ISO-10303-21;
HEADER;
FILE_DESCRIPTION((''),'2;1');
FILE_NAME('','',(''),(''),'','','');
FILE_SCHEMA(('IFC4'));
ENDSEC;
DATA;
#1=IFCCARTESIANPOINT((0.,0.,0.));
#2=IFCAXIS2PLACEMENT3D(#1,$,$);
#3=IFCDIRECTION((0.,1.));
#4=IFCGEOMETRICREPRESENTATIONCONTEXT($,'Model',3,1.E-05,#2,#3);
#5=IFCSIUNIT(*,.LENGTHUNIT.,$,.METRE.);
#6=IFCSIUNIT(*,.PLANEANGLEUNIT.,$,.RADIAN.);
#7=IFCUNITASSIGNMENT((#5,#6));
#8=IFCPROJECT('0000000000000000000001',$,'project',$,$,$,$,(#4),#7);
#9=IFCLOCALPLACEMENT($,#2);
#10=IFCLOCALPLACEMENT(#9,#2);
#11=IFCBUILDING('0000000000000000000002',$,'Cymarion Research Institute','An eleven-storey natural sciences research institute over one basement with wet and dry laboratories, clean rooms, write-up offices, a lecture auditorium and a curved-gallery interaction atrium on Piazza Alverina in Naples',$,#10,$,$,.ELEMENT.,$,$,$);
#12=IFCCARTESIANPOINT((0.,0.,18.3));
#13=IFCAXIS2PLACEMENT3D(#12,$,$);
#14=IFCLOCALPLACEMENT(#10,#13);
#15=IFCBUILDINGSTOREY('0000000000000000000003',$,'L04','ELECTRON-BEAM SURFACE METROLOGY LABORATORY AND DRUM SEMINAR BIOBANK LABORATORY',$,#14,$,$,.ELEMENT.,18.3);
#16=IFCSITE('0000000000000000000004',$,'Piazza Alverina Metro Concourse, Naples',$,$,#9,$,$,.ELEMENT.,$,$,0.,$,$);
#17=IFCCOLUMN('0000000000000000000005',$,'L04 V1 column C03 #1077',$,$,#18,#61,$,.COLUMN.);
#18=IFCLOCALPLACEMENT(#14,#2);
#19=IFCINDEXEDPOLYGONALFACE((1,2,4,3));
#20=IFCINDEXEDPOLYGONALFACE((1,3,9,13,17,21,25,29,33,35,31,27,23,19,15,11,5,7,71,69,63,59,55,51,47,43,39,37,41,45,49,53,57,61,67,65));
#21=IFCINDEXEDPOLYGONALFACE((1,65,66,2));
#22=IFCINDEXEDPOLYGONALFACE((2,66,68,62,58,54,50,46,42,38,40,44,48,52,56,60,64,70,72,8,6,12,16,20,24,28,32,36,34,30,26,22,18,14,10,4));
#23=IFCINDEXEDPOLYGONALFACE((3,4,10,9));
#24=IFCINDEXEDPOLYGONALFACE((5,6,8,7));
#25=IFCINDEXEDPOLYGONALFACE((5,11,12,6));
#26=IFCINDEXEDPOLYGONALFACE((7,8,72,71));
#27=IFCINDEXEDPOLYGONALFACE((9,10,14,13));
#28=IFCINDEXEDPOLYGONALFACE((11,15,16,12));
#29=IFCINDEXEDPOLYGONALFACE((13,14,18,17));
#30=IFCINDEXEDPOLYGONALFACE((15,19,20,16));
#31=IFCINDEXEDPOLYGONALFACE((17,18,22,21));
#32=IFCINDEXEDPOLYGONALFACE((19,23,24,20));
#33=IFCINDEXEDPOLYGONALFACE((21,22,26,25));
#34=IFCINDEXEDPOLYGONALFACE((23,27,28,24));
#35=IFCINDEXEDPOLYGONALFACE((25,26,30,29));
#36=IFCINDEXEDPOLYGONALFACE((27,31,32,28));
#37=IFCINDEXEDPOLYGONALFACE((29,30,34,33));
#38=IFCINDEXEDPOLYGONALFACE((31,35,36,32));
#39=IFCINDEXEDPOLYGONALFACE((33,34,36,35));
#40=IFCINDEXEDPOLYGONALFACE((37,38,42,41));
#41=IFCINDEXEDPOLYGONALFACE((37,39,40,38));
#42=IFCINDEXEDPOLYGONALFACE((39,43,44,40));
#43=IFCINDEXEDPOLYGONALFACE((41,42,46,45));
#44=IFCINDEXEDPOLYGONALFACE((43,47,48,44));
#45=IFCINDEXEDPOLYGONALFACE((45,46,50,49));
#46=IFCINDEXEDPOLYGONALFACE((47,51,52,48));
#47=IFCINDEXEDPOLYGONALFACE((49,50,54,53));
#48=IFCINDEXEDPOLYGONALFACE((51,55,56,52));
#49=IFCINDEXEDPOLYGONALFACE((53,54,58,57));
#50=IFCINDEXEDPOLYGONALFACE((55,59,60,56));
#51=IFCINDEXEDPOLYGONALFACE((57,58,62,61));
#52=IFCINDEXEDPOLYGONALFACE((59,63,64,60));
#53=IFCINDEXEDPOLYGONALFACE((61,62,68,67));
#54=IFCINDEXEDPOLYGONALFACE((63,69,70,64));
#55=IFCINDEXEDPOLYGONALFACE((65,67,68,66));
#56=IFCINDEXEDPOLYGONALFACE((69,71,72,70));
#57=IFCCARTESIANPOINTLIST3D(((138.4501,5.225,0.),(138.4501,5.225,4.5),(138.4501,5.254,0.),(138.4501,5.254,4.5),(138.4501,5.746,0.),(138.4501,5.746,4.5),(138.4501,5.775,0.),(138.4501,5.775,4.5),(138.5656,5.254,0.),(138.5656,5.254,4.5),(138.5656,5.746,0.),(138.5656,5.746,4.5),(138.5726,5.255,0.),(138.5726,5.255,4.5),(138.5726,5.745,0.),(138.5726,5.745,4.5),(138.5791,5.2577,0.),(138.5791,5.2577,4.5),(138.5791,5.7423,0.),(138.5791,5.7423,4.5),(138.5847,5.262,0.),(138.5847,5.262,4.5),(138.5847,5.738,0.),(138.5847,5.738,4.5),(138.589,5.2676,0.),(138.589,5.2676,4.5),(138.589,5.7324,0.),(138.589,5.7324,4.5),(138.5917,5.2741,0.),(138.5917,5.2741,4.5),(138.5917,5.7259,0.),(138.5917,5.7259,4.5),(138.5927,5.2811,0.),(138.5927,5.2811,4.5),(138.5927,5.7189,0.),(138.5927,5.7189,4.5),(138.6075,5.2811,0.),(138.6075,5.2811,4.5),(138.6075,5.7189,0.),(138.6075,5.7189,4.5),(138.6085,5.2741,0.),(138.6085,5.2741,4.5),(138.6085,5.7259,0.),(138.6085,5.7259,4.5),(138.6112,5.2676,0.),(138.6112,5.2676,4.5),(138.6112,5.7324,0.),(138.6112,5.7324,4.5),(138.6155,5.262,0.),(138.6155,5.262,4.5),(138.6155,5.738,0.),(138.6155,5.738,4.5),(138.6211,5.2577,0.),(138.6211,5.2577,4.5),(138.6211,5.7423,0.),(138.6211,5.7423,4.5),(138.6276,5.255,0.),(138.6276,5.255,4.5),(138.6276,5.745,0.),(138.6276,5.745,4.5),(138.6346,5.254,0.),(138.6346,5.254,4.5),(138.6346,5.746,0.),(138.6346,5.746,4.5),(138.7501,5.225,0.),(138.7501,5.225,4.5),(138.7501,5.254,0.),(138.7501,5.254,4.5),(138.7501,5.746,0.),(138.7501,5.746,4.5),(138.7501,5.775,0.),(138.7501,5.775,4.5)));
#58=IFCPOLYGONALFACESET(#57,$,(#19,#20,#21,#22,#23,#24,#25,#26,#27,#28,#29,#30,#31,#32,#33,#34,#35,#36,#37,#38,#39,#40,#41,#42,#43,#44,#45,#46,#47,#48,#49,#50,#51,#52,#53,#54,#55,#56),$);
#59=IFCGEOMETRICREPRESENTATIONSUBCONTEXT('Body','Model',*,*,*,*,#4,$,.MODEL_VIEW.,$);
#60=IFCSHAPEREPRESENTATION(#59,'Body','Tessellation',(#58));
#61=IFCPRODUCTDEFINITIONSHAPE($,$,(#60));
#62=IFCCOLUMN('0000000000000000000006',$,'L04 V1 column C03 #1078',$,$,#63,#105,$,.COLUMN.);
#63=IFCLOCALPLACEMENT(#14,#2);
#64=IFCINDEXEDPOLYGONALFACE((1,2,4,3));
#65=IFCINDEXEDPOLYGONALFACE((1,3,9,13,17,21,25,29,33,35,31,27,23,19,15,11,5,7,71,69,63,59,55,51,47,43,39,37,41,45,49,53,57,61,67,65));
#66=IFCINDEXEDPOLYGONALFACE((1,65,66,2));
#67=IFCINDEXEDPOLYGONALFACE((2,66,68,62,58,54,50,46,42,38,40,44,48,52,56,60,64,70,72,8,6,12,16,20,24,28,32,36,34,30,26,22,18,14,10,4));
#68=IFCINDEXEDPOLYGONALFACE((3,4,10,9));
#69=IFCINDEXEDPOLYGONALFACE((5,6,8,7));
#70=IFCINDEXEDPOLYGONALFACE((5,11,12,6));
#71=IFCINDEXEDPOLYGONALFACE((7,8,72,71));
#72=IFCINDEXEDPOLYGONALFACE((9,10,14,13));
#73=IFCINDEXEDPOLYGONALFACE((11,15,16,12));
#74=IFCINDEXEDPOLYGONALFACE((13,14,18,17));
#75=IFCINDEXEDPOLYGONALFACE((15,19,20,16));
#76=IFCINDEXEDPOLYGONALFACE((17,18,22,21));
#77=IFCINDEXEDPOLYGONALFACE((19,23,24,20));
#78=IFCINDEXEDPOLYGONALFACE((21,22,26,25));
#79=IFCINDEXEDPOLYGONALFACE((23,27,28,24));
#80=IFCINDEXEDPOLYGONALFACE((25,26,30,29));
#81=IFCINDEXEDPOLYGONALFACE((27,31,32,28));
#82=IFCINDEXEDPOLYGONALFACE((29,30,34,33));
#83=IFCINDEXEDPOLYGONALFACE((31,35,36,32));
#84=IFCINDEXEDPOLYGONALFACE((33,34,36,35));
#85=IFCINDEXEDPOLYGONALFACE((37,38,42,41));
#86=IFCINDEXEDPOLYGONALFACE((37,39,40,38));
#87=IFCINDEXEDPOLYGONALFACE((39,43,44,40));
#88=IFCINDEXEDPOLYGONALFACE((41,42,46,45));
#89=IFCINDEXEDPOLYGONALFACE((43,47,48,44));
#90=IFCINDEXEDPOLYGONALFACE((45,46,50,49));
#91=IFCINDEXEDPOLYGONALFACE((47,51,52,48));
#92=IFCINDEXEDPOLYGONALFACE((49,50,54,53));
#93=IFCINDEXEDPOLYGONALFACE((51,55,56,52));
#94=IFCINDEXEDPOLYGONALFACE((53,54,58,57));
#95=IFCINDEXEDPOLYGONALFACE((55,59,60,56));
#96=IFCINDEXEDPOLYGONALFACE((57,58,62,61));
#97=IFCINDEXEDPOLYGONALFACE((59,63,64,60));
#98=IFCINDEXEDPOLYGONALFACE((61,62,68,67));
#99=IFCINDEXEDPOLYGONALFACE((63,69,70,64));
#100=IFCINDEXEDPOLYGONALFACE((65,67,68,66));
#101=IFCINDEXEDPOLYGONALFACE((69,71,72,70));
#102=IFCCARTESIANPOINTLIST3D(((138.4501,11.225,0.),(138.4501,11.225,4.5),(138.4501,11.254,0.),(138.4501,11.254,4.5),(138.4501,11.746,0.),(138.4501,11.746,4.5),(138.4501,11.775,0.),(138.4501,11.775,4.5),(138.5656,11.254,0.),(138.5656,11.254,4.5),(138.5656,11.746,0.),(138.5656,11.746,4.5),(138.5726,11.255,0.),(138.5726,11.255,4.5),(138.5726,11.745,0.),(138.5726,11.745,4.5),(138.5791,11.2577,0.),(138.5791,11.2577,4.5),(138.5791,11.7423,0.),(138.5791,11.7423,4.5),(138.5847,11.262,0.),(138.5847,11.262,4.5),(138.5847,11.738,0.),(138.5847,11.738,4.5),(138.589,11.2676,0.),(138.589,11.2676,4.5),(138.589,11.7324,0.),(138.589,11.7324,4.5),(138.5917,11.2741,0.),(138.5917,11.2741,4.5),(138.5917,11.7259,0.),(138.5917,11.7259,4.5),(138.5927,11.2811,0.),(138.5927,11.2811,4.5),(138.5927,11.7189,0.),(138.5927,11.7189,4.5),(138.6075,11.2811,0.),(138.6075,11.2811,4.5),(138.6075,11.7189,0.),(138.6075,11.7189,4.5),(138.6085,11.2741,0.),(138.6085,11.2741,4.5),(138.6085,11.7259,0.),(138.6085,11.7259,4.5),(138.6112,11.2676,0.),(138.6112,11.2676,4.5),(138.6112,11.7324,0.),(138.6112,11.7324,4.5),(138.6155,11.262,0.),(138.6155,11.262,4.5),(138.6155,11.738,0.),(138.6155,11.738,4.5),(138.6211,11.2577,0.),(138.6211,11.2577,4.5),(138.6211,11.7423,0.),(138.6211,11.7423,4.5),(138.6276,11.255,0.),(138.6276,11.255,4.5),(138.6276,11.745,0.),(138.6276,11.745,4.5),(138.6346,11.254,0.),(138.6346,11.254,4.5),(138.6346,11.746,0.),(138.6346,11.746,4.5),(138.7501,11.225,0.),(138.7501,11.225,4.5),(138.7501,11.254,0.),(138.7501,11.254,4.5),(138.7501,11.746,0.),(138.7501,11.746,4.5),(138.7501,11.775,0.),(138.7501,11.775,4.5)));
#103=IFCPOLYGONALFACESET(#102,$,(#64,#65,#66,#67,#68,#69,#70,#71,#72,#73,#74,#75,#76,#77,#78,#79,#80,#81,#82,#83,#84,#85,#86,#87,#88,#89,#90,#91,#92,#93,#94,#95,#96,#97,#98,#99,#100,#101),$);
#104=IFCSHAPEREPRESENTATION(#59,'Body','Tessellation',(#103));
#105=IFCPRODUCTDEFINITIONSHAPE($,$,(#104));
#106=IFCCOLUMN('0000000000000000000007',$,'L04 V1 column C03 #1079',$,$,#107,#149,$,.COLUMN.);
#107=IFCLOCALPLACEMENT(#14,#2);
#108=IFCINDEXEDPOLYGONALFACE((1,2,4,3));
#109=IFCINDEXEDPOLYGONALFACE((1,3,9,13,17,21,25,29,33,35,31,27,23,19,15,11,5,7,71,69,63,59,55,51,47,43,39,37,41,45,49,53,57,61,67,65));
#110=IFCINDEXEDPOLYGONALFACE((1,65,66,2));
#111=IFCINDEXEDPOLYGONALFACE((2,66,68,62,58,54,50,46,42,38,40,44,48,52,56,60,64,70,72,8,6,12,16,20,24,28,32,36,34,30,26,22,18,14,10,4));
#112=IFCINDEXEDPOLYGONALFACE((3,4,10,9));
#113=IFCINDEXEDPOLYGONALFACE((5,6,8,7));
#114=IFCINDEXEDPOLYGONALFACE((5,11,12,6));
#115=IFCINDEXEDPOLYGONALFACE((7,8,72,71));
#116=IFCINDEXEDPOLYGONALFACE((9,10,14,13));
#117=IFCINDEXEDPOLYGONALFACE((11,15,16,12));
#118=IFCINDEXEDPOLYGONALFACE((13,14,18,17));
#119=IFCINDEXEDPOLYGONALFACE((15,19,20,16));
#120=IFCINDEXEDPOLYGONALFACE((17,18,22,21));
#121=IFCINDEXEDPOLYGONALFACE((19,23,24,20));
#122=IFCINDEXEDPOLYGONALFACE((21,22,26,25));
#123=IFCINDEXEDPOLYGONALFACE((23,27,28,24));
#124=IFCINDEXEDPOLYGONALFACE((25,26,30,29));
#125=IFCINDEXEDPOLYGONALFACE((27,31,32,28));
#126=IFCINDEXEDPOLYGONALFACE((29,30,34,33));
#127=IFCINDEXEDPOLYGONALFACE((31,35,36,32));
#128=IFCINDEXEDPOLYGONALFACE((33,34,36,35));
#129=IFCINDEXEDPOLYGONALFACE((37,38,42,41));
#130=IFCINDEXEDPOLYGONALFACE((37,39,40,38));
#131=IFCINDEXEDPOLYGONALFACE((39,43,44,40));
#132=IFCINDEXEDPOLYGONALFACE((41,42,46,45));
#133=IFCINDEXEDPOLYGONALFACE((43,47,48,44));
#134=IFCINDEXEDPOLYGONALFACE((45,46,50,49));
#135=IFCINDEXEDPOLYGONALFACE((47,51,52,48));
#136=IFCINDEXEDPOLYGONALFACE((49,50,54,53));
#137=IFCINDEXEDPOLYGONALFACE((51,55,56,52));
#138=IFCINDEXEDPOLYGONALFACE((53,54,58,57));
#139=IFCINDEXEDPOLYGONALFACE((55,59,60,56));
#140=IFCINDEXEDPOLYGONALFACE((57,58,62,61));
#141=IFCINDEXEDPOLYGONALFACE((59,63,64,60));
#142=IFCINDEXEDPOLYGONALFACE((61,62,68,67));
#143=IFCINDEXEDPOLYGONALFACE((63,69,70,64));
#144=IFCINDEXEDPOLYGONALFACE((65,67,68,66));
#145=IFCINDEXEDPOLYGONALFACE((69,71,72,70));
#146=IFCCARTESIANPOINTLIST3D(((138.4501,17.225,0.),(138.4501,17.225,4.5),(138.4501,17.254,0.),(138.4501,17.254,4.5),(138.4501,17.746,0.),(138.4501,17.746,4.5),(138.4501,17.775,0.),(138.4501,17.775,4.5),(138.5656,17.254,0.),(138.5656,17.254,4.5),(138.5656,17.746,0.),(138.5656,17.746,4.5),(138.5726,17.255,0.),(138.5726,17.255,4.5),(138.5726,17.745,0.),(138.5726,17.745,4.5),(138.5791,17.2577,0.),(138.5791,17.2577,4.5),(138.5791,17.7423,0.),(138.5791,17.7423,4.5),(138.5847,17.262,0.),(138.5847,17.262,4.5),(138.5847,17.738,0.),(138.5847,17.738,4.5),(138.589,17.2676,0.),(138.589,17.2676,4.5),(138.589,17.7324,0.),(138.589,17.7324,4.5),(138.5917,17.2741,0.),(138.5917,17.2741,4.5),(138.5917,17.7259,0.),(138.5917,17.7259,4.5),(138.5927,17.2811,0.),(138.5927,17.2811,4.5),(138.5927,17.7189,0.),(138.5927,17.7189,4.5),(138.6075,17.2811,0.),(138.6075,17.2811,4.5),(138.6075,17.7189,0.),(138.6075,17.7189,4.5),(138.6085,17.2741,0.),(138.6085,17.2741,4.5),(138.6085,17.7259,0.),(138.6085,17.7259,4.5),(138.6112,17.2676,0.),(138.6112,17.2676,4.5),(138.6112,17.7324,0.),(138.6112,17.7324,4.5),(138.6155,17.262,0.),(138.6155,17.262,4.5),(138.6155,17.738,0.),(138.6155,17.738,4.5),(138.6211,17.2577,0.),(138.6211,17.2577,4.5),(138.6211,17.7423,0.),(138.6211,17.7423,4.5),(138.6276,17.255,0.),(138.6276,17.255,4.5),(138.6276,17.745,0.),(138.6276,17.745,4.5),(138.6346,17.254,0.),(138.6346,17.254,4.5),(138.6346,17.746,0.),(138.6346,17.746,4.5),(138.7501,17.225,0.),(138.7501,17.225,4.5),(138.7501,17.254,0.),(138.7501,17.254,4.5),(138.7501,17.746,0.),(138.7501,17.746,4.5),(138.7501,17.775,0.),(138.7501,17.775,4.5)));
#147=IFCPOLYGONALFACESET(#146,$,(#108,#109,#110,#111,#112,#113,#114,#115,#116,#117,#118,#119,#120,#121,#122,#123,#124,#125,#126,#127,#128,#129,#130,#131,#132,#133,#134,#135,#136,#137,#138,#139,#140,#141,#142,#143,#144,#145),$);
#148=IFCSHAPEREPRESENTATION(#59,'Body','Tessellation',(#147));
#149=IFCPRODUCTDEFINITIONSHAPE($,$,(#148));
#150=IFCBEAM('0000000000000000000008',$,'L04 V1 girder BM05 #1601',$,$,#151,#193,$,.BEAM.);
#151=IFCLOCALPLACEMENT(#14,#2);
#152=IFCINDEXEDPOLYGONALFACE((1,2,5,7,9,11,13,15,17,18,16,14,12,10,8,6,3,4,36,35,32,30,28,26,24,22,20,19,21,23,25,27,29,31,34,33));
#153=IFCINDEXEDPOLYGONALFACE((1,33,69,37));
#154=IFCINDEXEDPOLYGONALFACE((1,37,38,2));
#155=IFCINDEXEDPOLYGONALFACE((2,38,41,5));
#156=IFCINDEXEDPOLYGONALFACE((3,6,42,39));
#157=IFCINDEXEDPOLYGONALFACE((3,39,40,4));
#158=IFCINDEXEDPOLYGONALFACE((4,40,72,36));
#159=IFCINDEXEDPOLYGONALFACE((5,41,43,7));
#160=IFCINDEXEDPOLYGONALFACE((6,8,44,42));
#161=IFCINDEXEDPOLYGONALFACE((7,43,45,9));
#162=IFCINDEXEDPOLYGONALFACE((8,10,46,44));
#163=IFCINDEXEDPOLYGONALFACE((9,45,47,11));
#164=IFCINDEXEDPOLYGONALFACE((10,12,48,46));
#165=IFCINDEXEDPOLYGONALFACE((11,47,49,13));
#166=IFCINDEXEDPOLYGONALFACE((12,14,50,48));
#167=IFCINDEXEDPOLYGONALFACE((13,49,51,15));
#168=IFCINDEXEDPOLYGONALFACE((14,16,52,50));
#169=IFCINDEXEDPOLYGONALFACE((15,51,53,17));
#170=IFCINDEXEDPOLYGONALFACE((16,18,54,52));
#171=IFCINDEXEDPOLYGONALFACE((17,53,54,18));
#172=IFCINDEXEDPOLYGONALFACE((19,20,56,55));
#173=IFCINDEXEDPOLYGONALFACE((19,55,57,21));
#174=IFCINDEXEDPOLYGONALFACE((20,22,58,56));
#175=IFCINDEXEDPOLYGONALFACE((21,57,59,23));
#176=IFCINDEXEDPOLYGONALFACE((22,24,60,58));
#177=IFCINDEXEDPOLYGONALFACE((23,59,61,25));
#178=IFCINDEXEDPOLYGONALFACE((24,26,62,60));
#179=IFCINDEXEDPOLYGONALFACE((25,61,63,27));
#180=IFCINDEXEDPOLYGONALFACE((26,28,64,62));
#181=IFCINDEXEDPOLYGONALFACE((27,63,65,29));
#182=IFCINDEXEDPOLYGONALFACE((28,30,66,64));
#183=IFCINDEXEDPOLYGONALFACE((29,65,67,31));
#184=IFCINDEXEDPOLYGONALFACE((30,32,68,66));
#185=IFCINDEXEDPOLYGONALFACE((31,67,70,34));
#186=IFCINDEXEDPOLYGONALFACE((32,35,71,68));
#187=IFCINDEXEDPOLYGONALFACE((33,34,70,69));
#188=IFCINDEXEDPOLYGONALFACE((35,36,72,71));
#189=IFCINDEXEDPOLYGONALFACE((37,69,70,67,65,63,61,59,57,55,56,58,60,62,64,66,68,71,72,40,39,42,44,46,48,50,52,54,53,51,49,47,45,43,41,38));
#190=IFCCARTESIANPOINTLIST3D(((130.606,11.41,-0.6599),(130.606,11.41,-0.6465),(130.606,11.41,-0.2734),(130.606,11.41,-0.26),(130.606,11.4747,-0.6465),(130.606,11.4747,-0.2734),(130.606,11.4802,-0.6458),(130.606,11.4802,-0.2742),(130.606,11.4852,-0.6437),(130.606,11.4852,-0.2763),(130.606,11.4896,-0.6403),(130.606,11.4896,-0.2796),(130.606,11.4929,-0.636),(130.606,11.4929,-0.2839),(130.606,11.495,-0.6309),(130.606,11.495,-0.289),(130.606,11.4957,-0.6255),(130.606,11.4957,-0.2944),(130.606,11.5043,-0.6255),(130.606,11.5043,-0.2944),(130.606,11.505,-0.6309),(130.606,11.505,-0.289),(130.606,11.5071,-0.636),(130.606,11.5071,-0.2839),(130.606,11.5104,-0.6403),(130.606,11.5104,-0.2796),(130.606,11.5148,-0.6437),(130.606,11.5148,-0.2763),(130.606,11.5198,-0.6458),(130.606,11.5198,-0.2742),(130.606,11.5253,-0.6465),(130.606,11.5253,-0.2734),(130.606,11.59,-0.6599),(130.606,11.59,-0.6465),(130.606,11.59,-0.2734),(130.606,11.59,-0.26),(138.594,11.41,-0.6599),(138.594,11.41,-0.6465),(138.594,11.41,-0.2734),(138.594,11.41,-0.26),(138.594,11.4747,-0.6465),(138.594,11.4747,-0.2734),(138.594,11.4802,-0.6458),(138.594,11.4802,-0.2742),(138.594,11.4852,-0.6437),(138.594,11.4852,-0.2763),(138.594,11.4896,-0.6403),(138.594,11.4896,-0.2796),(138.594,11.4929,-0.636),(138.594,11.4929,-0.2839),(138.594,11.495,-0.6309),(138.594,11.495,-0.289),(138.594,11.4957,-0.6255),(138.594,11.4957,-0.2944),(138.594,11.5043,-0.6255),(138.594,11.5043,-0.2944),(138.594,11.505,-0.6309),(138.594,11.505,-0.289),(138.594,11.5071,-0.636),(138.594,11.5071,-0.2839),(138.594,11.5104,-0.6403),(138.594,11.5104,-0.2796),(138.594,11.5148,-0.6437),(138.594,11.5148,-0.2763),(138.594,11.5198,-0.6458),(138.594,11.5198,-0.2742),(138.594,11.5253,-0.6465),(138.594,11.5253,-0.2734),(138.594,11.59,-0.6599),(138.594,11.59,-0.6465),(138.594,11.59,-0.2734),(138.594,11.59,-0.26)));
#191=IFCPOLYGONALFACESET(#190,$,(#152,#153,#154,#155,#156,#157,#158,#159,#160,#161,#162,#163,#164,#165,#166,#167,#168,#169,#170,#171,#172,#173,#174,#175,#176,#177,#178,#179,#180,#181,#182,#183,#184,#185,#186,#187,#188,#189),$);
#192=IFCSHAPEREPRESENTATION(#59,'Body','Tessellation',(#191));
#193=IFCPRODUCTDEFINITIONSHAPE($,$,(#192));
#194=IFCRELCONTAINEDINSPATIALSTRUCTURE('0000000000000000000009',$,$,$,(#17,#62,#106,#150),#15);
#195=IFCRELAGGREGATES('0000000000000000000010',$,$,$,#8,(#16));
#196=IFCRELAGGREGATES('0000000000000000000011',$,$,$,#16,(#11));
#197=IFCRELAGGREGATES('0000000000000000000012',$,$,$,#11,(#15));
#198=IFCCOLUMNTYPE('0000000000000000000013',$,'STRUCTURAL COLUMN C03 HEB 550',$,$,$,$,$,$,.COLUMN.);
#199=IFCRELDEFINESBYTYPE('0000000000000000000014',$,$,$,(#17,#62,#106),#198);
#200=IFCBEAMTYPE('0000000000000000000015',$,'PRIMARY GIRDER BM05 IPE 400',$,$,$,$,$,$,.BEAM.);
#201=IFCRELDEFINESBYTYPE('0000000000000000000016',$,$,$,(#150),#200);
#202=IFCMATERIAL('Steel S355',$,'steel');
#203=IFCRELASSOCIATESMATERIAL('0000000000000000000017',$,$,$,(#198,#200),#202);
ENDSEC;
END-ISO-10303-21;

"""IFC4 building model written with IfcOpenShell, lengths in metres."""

from ifc_helpers import new_model, si_unit, direction, frame, origin, origin_2d, place, context, subcontext, project, spatial, i_section, extrude, material, material_profile, profile_set, type_object, element, save


model = new_model("IFC4")

# Units and contexts
model_context = context("Model", 3, precision=1e-05, world=origin(), true_north=direction((0.0, 1.0)))
body_context = subcontext(model_context, "Body", "Model", "MODEL_VIEW")
ifc_project = project(units=[si_unit("LENGTHUNIT", "METRE"), si_unit("PLANEANGLEUNIT", "RADIAN")], contexts=[model_context])

# Site, building, storey
site_placement = place(None, origin())
site = spatial("IfcSite", under=ifc_project, at=site_placement, Name="Piazza Alverina Metro Concourse, Naples", CompositionType="ELEMENT", RefElevation=0.0)
building_placement = place(site_placement, origin())
building = spatial("IfcBuilding", under=site, at=building_placement, Name="Cymarion Research Institute", Description="An eleven-storey natural sciences research institute over one basement with wet and dry laboratories, clean rooms, write-up offices, a lecture auditorium and a curved-gallery interaction atrium on Piazza Alverina in Naples", CompositionType="ELEMENT")
storey_placement = place(building_placement, frame((0.0, 0.0, 18.3)))
storey = spatial("IfcBuildingStorey", under=building, at=storey_placement, Name="L04", Description="ELECTRON-BEAM SURFACE METROLOGY LABORATORY AND DRUM SEMINAR BIOBANK LABORATORY", CompositionType="ELEMENT", Elevation=18.3)

# Columns
ifc_material_1 = material(Name="Steel S355", Category="steel")
ifc_material_profile_1 = material_profile(ifc_material_1, i_section(OverallWidth=0.3, OverallDepth=0.55, WebThickness=0.0149, FlangeThickness=0.0291, FilletRadius=0.0271, at=origin_2d()), Name="HEB 550")
ifc_profile_set_1 = profile_set([ifc_material_profile_1], Name="Steel S355")
column_type = type_object("IfcColumnType", Name="STRUCTURAL COLUMN C03 HEB 550", PredefinedType="COLUMN", material=ifc_profile_set_1)
for number, where, z_axis, x_axis, name in (
    (1, (138.6001, 5.5, 0.0), (0.0, 0.0, 1.0), (1.0, 0.0, 0.0), "L04 V1 column C03 #1077"),
    (2, (138.6001, 11.5, 0.0), (0.0, 0.0, 1.0), (1.0, 0.0, 0.0), "L04 V1 column C03 #1078"),
    (3, (138.6001, 17.5, 0.0), (0.0, 0.0, 1.0), (1.0, 0.0, 0.0), "L04 V1 column C03 #1079"),
):
    element("IfcColumn", number, at=place(storey_placement, frame(where, z_axis=z_axis, x_axis=x_axis)), inside=storey, type_object=column_type, Name=name, PredefinedType="COLUMN", context=body_context, shape_type="SweptSolid", body=[
        extrude(i_section(OverallWidth=0.3, OverallDepth=0.55, WebThickness=0.0149, FlangeThickness=0.0291, FilletRadius=0.0271, at=origin_2d()), origin(), (0.0, 0.0, 1.0), 4.5),
    ])

# Beam
ifc_material_profile_2 = material_profile(ifc_material_1, i_section(OverallWidth=0.1799, OverallDepth=0.3999, WebThickness=0.0085, FlangeThickness=0.0134, FilletRadius=0.021, at=origin_2d()), Name="IPE 400")
ifc_profile_set_2 = profile_set([ifc_material_profile_2], Name="Steel S355")
beam_type_1 = type_object("IfcBeamType", Name="PRIMARY GIRDER BM05 IPE 400", PredefinedType="BEAM", material=ifc_profile_set_2)
for number, where, z_axis, x_axis, name in (
    (4, (130.606, 11.5, -0.46), (1.0, 0.0, 0.0), (0.0, 1.0, 0.0), "L04 V1 girder BM05 #1601"),
):
    element("IfcBeam", number, at=place(storey_placement, frame(where, z_axis=z_axis, x_axis=x_axis)), inside=storey, type_object=beam_type_1, Name=name, PredefinedType="BEAM", context=body_context, shape_type="SweptSolid", body=[
        extrude(i_section(OverallWidth=0.1799, OverallDepth=0.3999, WebThickness=0.0085, FlangeThickness=0.0134, FilletRadius=0.021, at=origin_2d()), origin(), (0.0, 0.0, 1.0), 7.988),
    ])

save(model, "model.ifc")
